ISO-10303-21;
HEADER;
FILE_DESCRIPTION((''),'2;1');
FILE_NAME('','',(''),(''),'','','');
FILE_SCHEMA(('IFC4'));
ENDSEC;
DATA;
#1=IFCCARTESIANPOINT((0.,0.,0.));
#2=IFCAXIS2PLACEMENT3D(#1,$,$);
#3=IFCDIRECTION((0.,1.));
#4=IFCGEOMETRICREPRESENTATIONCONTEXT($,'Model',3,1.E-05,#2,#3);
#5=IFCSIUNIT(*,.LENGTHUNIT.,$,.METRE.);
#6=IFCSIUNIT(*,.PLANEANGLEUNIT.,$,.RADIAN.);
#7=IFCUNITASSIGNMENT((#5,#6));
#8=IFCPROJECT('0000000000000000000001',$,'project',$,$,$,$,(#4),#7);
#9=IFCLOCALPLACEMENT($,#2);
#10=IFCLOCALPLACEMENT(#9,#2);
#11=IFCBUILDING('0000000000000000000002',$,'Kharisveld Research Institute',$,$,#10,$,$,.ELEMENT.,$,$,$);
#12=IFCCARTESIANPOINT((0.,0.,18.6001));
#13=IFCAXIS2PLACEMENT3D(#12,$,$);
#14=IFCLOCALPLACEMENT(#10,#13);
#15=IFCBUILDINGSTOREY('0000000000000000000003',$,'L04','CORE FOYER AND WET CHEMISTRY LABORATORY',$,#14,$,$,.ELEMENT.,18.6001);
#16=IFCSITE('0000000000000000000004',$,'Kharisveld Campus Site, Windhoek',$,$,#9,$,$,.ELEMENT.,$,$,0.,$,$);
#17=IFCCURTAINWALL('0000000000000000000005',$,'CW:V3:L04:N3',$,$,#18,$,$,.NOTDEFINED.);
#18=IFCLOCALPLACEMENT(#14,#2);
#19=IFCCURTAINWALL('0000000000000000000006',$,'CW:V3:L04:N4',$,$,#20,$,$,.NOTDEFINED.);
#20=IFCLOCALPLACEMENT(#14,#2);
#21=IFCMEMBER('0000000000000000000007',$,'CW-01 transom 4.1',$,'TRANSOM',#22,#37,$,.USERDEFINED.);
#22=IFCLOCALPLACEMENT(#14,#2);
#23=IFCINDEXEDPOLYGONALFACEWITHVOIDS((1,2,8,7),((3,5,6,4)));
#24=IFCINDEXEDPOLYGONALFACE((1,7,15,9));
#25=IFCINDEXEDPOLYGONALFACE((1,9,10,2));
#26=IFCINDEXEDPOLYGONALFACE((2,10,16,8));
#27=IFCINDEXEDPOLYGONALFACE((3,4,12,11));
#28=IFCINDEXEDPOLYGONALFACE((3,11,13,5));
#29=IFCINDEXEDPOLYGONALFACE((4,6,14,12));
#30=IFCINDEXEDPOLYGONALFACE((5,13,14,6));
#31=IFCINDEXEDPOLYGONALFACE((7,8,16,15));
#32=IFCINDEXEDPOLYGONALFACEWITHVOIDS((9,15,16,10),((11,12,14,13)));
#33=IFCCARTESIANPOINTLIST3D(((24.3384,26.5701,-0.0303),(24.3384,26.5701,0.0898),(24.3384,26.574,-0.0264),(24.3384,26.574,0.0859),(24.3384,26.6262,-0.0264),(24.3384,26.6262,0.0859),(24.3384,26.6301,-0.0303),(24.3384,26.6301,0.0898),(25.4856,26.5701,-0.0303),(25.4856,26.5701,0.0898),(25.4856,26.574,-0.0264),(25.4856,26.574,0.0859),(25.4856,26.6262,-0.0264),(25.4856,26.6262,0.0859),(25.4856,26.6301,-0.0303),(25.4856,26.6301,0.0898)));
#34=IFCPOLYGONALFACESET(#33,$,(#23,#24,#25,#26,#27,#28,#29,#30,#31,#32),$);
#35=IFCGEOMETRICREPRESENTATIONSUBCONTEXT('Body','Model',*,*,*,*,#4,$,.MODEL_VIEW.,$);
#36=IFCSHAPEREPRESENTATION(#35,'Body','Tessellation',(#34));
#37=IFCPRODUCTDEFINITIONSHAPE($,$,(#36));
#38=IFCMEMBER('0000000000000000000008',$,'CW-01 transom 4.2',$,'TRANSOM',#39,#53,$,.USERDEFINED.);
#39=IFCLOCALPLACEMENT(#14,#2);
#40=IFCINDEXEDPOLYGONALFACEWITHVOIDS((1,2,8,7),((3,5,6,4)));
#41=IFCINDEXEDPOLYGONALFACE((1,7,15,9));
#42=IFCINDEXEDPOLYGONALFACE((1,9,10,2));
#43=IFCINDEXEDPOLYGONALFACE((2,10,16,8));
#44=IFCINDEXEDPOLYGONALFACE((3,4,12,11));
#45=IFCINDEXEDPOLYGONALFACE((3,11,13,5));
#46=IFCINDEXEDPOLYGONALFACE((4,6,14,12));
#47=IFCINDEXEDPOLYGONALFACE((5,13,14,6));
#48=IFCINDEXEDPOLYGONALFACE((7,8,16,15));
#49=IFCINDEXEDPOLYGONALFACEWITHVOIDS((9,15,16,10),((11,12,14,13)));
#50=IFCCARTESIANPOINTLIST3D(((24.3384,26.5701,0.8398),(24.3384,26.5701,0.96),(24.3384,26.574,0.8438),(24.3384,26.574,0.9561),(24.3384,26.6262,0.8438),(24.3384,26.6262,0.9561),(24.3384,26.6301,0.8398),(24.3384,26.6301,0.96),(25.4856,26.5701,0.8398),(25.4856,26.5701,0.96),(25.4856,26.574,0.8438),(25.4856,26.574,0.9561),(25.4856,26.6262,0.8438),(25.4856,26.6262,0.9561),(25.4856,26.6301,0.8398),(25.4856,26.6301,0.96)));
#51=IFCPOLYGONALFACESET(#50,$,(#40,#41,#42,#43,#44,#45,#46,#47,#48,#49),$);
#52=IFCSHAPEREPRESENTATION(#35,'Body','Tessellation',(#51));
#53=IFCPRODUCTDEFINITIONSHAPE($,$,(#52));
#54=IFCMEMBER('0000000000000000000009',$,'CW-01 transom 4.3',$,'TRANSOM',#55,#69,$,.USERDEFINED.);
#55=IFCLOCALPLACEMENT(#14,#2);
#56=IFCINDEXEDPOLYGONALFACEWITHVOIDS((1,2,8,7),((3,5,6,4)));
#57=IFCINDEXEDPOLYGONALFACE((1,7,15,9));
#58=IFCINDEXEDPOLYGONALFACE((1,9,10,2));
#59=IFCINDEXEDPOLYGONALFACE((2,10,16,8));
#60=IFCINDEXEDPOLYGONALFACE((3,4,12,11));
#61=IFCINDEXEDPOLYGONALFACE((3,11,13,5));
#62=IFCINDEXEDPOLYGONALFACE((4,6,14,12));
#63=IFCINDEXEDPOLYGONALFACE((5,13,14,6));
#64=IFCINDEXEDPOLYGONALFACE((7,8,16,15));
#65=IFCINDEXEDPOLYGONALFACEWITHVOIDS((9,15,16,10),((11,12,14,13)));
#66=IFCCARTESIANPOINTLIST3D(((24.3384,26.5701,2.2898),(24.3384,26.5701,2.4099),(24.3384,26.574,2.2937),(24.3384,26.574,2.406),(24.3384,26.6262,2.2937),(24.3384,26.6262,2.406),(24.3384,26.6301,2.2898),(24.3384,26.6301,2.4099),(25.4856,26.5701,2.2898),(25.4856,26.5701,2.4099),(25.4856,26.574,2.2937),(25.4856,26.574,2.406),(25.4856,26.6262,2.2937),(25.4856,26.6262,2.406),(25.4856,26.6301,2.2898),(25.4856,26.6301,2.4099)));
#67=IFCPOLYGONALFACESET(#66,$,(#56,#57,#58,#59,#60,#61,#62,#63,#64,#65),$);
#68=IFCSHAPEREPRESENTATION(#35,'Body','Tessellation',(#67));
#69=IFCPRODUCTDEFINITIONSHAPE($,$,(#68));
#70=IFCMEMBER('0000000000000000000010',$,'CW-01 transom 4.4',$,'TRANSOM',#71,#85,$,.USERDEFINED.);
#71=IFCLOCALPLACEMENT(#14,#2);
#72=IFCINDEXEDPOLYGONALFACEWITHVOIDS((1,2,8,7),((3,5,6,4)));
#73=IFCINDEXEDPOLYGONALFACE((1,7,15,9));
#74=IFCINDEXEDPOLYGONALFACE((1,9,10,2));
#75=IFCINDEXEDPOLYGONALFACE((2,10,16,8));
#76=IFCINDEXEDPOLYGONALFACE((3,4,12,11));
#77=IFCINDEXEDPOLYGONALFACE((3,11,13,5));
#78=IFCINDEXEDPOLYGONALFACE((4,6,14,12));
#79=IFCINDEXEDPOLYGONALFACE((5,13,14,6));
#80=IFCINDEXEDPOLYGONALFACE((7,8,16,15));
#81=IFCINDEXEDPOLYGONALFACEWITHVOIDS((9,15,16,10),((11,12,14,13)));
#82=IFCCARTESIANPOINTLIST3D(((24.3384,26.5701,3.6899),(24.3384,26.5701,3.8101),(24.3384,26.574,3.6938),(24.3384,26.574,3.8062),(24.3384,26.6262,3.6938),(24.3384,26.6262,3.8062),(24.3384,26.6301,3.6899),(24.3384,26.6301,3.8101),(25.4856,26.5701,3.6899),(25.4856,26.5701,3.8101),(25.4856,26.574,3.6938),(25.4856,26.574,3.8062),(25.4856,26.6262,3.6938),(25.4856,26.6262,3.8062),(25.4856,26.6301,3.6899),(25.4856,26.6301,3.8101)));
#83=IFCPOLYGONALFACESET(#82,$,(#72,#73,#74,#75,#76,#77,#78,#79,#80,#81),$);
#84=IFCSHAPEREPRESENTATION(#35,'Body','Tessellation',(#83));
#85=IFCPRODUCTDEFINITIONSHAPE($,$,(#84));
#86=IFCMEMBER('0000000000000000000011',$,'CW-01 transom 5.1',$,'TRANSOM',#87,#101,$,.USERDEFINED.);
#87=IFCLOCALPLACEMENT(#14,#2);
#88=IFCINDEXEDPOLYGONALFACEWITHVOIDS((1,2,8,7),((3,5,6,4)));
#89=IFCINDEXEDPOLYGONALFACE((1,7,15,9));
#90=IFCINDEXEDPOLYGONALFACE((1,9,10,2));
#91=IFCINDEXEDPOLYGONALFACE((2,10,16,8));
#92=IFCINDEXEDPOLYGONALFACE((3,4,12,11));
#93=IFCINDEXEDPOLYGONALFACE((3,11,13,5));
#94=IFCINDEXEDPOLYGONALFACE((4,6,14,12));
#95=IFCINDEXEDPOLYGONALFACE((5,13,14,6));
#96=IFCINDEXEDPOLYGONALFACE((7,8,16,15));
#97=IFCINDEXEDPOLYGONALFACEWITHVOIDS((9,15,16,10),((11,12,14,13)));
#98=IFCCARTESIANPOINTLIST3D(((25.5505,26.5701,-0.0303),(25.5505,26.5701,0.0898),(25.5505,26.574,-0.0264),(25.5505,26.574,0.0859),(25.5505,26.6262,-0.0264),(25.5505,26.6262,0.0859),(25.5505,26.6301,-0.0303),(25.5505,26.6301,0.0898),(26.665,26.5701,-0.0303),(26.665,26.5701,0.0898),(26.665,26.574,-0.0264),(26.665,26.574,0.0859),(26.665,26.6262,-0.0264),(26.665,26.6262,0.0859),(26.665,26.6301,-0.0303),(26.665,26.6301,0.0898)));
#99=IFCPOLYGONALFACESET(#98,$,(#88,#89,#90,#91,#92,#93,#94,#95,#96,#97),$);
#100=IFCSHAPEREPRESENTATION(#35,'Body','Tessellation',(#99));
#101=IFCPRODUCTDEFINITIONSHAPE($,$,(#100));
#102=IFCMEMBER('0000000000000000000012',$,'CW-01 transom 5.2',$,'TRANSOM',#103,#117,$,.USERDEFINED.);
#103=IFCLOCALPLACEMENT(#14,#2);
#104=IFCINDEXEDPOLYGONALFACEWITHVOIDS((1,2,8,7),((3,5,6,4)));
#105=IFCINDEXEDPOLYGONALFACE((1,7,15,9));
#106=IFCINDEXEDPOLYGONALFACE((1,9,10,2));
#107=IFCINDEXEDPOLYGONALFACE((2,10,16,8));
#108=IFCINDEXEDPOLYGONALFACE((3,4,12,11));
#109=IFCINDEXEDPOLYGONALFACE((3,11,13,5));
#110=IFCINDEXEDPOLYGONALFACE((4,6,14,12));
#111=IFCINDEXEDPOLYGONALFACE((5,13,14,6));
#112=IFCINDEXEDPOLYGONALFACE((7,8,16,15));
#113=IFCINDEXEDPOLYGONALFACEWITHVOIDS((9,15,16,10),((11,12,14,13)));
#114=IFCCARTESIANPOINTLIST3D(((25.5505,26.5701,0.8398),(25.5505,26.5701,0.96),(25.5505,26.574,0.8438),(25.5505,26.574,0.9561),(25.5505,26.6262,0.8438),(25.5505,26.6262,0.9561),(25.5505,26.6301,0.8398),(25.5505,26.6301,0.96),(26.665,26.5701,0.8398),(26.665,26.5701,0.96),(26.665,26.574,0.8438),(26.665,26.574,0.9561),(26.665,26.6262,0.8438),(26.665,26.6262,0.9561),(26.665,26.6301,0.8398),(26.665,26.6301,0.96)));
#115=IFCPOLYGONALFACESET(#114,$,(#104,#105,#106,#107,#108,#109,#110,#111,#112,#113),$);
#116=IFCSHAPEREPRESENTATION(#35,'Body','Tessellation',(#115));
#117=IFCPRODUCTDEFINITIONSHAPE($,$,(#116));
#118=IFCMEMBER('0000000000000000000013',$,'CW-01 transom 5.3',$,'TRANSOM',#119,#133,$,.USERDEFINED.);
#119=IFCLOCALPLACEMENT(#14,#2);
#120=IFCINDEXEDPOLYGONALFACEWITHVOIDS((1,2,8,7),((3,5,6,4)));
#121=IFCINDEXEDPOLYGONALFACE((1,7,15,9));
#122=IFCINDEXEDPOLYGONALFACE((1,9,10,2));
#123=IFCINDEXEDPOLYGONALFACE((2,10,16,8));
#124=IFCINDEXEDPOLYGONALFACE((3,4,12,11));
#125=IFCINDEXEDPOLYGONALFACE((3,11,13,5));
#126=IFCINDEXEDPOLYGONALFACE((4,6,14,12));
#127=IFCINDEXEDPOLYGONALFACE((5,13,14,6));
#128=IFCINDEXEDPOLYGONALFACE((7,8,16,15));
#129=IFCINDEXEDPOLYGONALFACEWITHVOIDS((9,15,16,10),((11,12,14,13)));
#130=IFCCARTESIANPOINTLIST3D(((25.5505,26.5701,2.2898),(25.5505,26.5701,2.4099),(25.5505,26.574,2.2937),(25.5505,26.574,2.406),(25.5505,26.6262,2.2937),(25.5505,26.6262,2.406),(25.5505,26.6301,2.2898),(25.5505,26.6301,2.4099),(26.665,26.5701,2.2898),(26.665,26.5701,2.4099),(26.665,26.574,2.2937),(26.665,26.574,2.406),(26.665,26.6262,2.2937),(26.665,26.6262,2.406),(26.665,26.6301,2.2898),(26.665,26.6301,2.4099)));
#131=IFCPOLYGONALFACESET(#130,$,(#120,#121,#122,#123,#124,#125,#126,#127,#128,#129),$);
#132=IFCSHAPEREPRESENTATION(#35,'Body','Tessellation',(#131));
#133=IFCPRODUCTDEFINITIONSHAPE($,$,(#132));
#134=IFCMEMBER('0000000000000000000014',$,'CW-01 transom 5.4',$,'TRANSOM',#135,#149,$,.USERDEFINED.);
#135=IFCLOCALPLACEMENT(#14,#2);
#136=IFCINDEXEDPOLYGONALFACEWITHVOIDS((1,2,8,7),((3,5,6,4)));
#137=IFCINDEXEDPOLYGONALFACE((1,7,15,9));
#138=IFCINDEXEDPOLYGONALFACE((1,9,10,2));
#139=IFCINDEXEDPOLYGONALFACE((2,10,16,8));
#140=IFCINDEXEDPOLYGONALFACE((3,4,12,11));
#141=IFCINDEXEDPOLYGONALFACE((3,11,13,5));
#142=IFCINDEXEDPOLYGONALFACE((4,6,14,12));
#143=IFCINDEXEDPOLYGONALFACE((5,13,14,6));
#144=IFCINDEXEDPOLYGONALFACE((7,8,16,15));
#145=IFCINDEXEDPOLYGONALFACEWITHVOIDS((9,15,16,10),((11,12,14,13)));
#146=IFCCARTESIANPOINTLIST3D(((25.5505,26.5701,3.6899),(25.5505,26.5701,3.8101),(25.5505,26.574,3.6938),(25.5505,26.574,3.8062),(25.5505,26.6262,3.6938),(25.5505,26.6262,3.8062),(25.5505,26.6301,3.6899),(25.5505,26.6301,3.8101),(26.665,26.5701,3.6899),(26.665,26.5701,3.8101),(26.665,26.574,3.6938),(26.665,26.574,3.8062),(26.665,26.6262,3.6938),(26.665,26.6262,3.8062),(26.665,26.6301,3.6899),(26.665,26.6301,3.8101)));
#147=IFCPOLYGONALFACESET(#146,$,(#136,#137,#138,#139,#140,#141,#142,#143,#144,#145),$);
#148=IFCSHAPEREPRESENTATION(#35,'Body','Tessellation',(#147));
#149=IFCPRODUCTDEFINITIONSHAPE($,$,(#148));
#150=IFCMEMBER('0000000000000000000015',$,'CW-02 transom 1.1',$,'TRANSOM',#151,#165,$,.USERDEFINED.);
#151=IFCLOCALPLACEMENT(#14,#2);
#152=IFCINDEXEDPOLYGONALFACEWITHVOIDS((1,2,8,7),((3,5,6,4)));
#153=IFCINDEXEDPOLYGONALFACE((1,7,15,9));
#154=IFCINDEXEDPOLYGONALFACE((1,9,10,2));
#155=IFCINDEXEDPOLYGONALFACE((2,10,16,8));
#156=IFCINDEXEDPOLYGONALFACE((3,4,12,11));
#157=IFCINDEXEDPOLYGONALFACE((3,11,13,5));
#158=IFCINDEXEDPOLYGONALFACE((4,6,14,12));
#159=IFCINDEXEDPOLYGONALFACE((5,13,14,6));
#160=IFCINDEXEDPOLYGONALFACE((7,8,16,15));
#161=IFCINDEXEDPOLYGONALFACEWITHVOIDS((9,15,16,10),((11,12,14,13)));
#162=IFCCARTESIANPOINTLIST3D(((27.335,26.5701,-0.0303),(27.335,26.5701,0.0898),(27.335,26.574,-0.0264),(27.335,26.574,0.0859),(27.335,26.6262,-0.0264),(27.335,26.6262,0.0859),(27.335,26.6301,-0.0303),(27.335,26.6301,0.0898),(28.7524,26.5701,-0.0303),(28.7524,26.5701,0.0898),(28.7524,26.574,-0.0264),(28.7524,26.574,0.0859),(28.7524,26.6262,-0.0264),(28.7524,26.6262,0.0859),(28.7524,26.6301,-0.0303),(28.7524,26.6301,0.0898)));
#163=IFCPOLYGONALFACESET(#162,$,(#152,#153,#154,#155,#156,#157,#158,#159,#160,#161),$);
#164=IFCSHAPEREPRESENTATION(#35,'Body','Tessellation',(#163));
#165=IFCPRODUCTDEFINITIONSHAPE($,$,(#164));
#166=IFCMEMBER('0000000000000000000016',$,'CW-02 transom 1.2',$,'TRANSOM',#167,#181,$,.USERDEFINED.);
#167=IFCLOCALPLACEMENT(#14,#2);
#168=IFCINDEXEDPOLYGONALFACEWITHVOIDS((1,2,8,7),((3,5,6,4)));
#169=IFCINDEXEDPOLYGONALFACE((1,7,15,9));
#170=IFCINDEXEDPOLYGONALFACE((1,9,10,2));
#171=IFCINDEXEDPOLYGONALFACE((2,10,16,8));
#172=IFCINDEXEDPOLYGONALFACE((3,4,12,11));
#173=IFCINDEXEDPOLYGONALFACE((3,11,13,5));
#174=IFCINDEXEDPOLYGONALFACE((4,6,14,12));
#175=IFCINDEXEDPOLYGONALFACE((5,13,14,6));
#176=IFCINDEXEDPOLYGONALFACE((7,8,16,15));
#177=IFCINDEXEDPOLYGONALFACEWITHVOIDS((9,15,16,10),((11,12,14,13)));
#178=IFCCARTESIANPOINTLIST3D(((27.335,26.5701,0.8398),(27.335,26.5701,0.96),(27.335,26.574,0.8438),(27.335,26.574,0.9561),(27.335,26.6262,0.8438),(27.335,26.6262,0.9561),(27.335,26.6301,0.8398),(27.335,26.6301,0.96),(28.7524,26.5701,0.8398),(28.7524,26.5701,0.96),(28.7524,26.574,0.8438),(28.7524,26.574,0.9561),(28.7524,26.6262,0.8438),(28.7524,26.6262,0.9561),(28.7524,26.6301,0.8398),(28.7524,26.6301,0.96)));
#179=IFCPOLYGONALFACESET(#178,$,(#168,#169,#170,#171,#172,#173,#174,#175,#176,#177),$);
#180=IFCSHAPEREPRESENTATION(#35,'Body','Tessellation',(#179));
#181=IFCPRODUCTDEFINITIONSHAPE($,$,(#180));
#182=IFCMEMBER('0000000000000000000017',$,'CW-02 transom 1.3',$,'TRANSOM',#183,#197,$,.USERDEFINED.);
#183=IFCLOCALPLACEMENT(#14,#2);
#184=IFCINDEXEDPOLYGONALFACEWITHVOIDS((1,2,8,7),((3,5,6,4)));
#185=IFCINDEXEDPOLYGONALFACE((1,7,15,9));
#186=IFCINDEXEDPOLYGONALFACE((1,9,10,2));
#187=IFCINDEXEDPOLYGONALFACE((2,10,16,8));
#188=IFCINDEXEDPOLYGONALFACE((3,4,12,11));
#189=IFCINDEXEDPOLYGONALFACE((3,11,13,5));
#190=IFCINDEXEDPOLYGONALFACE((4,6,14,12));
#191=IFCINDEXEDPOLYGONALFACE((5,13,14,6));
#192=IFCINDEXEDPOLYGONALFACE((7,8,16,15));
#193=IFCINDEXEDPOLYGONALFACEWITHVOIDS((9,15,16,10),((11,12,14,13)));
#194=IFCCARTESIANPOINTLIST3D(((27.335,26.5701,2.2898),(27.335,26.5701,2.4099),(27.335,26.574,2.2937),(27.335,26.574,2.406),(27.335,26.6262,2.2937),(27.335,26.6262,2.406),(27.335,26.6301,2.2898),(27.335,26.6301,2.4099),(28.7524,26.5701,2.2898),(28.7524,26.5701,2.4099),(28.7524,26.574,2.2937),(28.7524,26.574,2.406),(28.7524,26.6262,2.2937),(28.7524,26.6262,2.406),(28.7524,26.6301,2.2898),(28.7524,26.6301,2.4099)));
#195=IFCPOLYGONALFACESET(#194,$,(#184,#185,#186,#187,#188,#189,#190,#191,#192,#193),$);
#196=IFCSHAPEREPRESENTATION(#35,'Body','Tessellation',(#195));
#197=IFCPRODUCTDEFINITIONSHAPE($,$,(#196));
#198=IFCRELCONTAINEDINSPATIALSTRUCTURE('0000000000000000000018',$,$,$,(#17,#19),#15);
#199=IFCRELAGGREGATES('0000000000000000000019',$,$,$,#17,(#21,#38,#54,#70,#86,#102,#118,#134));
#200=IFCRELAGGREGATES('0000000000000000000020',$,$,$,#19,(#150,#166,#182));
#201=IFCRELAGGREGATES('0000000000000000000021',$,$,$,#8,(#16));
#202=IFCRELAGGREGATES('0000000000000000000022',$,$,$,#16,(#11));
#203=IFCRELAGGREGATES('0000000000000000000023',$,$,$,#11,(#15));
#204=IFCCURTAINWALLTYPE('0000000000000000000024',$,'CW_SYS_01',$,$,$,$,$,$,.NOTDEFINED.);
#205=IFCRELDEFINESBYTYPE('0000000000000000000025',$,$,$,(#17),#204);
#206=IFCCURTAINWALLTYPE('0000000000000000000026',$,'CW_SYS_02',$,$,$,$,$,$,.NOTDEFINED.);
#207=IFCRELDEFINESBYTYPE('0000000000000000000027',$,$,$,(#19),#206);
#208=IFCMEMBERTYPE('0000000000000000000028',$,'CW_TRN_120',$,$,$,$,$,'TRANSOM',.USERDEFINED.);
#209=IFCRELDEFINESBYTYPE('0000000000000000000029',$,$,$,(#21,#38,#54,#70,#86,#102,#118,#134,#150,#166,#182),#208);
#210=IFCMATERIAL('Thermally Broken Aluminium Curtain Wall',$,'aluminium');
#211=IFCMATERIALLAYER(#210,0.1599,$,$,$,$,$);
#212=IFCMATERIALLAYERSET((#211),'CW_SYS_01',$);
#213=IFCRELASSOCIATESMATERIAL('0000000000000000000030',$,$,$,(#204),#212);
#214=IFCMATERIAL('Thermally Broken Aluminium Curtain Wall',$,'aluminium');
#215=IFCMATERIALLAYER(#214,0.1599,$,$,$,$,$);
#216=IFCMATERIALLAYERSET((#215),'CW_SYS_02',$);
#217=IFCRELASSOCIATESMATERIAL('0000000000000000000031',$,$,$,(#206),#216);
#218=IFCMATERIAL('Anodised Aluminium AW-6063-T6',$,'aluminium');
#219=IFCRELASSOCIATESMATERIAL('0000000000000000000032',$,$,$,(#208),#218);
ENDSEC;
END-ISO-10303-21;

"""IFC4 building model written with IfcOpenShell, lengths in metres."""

from ifc_helpers import new_model, si_unit, direction, frame, origin, origin_2d, place, context, subcontext, project, spatial, hollow_rectangle, extrude, material, layer, layer_set, material_profile, profile_set, type_object, element, aggregate, save


model = new_model("IFC4")

# Units and contexts
model_context = context("Model", 3, precision=1e-05, world=origin(), true_north=direction((0.0, 1.0)))
body_context = subcontext(model_context, "Body", "Model", "MODEL_VIEW")
ifc_project = project(units=[si_unit("LENGTHUNIT", "METRE"), si_unit("PLANEANGLEUNIT", "RADIAN")], contexts=[model_context])

# Site, building, storey
site_placement = place(None, origin())
site = spatial("IfcSite", under=ifc_project, at=site_placement, Name="Kharisveld Campus Site, Windhoek", CompositionType="ELEMENT", RefElevation=0.0)
building_placement = place(site_placement, origin())
building = spatial("IfcBuilding", under=site, at=building_placement, Name="Kharisveld Research Institute", CompositionType="ELEMENT")
storey_placement = place(building_placement, frame((0.0, 0.0, 18.6001)))
storey = spatial("IfcBuildingStorey", under=building, at=storey_placement, Name="L04", Description="CORE FOYER AND WET CHEMISTRY LABORATORY", CompositionType="ELEMENT", Elevation=18.6001)

# Curtain walls
ifc_material_1 = material(Name="Thermally Broken Aluminium Curtain Wall", Category="aluminium")
ifc_layer_1 = layer(ifc_material_1, 0.1599)
ifc_layer_set_1 = layer_set([ifc_layer_1], Name="CW_SYS_01")
curtain_wall_type_1 = type_object("IfcCurtainWallType", Name="CW_SYS_01", PredefinedType="NOTDEFINED", material=ifc_layer_set_1)
curtain_wall_1_placement = place(storey_placement, origin())
curtain_wall_1 = element("IfcCurtainWall", 1, at=curtain_wall_1_placement, inside=storey, type_object=curtain_wall_type_1, Name="CW:V3:L04:N3", PredefinedType="NOTDEFINED")
ifc_material_2 = material(Name="Thermally Broken Aluminium Curtain Wall", Category="aluminium")
ifc_layer_2 = layer(ifc_material_2, 0.1599)
ifc_layer_set_2 = layer_set([ifc_layer_2], Name="CW_SYS_02")
curtain_wall_type_2 = type_object("IfcCurtainWallType", Name="CW_SYS_02", PredefinedType="NOTDEFINED", material=ifc_layer_set_2)
curtain_wall_2_placement = place(storey_placement, origin())
curtain_wall_2 = element("IfcCurtainWall", 2, at=curtain_wall_2_placement, inside=storey, type_object=curtain_wall_type_2, Name="CW:V3:L04:N4", PredefinedType="NOTDEFINED")

# Members
ifc_material_3 = material(Name="Anodised Aluminium AW-6063-T6", Category="aluminium")
ifc_material_profile_1 = material_profile(ifc_material_3, hollow_rectangle(XDim=0.0601, YDim=0.1201, WallThickness=0.0039, at=origin_2d()))
ifc_profile_set_1 = profile_set([ifc_material_profile_1], Name="Anodised Aluminium AW-6063-T6")
member_type_1 = type_object("IfcMemberType", Name="CW_TRN_120", ElementType="TRANSOM", PredefinedType="USERDEFINED", material=ifc_profile_set_1)
member_1_placement = place(storey_placement, frame((24.3384, 26.6001, 0.0298), z_axis=(1.0, 0.0, 0.0), x_axis=(0.0, 1.0, 0.0)))
member_1 = element("IfcMember", 3, at=member_1_placement, type_object=member_type_1, Name="CW-01 transom 4.1", ObjectType="TRANSOM", PredefinedType="USERDEFINED", context=body_context, shape_type="SweptSolid", body=[
    extrude(hollow_rectangle(XDim=0.0601, YDim=0.1201, WallThickness=0.0039, at=origin_2d()), origin(), (0.0, 0.0, 1.0), 1.1472),
])
member_2_placement = place(storey_placement, frame((24.3384, 26.6001, 0.8999), z_axis=(1.0, 0.0, 0.0), x_axis=(0.0, 1.0, 0.0)))
member_2 = element("IfcMember", 4, at=member_2_placement, type_object=member_type_1, Name="CW-01 transom 4.2", ObjectType="TRANSOM", PredefinedType="USERDEFINED", context=body_context, shape_type="SweptSolid", body=[
    extrude(hollow_rectangle(XDim=0.0601, YDim=0.1201, WallThickness=0.0039, at=origin_2d()), origin(), (0.0, 0.0, 1.0), 1.1472),
])
member_3_placement = place(storey_placement, frame((24.3384, 26.6001, 2.3499), z_axis=(1.0, 0.0, 0.0), x_axis=(0.0, 1.0, 0.0)))
member_3 = element("IfcMember", 5, at=member_3_placement, type_object=member_type_1, Name="CW-01 transom 4.3", ObjectType="TRANSOM", PredefinedType="USERDEFINED", context=body_context, shape_type="SweptSolid", body=[
    extrude(hollow_rectangle(XDim=0.0601, YDim=0.1201, WallThickness=0.0039, at=origin_2d()), origin(), (0.0, 0.0, 1.0), 1.1472),
])
member_4_placement = place(storey_placement, frame((24.3384, 26.6001, 3.75), z_axis=(1.0, 0.0, 0.0), x_axis=(0.0, 1.0, 0.0)))
member_4 = element("IfcMember", 6, at=member_4_placement, type_object=member_type_1, Name="CW-01 transom 4.4", ObjectType="TRANSOM", PredefinedType="USERDEFINED", context=body_context, shape_type="SweptSolid", body=[
    extrude(hollow_rectangle(XDim=0.0601, YDim=0.1201, WallThickness=0.0039, at=origin_2d()), origin(), (0.0, 0.0, 1.0), 1.1472),
])
member_5_placement = place(storey_placement, frame((25.5505, 26.6001, 0.0298), z_axis=(1.0, 0.0, 0.0), x_axis=(0.0, 1.0, 0.0)))
member_5 = element("IfcMember", 7, at=member_5_placement, type_object=member_type_1, Name="CW-01 transom 5.1", ObjectType="TRANSOM", PredefinedType="USERDEFINED", context=body_context, shape_type="SweptSolid", body=[
    extrude(hollow_rectangle(XDim=0.0601, YDim=0.1201, WallThickness=0.0039, at=origin_2d()), origin(), (0.0, 0.0, 1.0), 1.1145),
])
member_6_placement = place(storey_placement, frame((25.5505, 26.6001, 0.8999), z_axis=(1.0, 0.0, 0.0), x_axis=(0.0, 1.0, 0.0)))
member_6 = element("IfcMember", 8, at=member_6_placement, type_object=member_type_1, Name="CW-01 transom 5.2", ObjectType="TRANSOM", PredefinedType="USERDEFINED", context=body_context, shape_type="SweptSolid", body=[
    extrude(hollow_rectangle(XDim=0.0601, YDim=0.1201, WallThickness=0.0039, at=origin_2d()), origin(), (0.0, 0.0, 1.0), 1.1145),
])
member_7_placement = place(storey_placement, frame((25.5505, 26.6001, 2.3499), z_axis=(1.0, 0.0, 0.0), x_axis=(0.0, 1.0, 0.0)))
member_7 = element("IfcMember", 9, at=member_7_placement, type_object=member_type_1, Name="CW-01 transom 5.3", ObjectType="TRANSOM", PredefinedType="USERDEFINED", context=body_context, shape_type="SweptSolid", body=[
    extrude(hollow_rectangle(XDim=0.0601, YDim=0.1201, WallThickness=0.0039, at=origin_2d()), origin(), (0.0, 0.0, 1.0), 1.1145),
])
member_8_placement = place(storey_placement, frame((25.5505, 26.6001, 3.75), z_axis=(1.0, 0.0, 0.0), x_axis=(0.0, 1.0, 0.0)))
member_8 = element("IfcMember", 10, at=member_8_placement, type_object=member_type_1, Name="CW-01 transom 5.4", ObjectType="TRANSOM", PredefinedType="USERDEFINED", context=body_context, shape_type="SweptSolid", body=[
    extrude(hollow_rectangle(XDim=0.0601, YDim=0.1201, WallThickness=0.0039, at=origin_2d()), origin(), (0.0, 0.0, 1.0), 1.1145),
])
member_9_placement = place(storey_placement, frame((27.335, 26.6001, 0.0298), z_axis=(1.0, 0.0, 0.0), x_axis=(0.0, 1.0, 0.0)))
member_9 = element("IfcMember", 11, at=member_9_placement, type_object=member_type_1, Name="CW-02 transom 1.1", ObjectType="TRANSOM", PredefinedType="USERDEFINED", context=body_context, shape_type="SweptSolid", body=[
    extrude(hollow_rectangle(XDim=0.0601, YDim=0.1201, WallThickness=0.0039, at=origin_2d()), origin(), (0.0, 0.0, 1.0), 1.4175),
])
member_10_placement = place(storey_placement, frame((27.335, 26.6001, 0.8999), z_axis=(1.0, 0.0, 0.0), x_axis=(0.0, 1.0, 0.0)))
member_10 = element("IfcMember", 12, at=member_10_placement, type_object=member_type_1, Name="CW-02 transom 1.2", ObjectType="TRANSOM", PredefinedType="USERDEFINED", context=body_context, shape_type="SweptSolid", body=[
    extrude(hollow_rectangle(XDim=0.0601, YDim=0.1201, WallThickness=0.0039, at=origin_2d()), origin(), (0.0, 0.0, 1.0), 1.4175),
])
member_11_placement = place(storey_placement, frame((27.335, 26.6001, 2.3499), z_axis=(1.0, 0.0, 0.0), x_axis=(0.0, 1.0, 0.0)))
member_11 = element("IfcMember", 13, at=member_11_placement, type_object=member_type_1, Name="CW-02 transom 1.3", ObjectType="TRANSOM", PredefinedType="USERDEFINED", context=body_context, shape_type="SweptSolid", body=[
    extrude(hollow_rectangle(XDim=0.0601, YDim=0.1201, WallThickness=0.0039, at=origin_2d()), origin(), (0.0, 0.0, 1.0), 1.4175),
])

aggregate(curtain_wall_1, [member_1, member_2, member_3, member_4, member_5, member_6, member_7, member_8])
aggregate(curtain_wall_2, [member_9, member_10, member_11])

save(model, "model.ifc")
